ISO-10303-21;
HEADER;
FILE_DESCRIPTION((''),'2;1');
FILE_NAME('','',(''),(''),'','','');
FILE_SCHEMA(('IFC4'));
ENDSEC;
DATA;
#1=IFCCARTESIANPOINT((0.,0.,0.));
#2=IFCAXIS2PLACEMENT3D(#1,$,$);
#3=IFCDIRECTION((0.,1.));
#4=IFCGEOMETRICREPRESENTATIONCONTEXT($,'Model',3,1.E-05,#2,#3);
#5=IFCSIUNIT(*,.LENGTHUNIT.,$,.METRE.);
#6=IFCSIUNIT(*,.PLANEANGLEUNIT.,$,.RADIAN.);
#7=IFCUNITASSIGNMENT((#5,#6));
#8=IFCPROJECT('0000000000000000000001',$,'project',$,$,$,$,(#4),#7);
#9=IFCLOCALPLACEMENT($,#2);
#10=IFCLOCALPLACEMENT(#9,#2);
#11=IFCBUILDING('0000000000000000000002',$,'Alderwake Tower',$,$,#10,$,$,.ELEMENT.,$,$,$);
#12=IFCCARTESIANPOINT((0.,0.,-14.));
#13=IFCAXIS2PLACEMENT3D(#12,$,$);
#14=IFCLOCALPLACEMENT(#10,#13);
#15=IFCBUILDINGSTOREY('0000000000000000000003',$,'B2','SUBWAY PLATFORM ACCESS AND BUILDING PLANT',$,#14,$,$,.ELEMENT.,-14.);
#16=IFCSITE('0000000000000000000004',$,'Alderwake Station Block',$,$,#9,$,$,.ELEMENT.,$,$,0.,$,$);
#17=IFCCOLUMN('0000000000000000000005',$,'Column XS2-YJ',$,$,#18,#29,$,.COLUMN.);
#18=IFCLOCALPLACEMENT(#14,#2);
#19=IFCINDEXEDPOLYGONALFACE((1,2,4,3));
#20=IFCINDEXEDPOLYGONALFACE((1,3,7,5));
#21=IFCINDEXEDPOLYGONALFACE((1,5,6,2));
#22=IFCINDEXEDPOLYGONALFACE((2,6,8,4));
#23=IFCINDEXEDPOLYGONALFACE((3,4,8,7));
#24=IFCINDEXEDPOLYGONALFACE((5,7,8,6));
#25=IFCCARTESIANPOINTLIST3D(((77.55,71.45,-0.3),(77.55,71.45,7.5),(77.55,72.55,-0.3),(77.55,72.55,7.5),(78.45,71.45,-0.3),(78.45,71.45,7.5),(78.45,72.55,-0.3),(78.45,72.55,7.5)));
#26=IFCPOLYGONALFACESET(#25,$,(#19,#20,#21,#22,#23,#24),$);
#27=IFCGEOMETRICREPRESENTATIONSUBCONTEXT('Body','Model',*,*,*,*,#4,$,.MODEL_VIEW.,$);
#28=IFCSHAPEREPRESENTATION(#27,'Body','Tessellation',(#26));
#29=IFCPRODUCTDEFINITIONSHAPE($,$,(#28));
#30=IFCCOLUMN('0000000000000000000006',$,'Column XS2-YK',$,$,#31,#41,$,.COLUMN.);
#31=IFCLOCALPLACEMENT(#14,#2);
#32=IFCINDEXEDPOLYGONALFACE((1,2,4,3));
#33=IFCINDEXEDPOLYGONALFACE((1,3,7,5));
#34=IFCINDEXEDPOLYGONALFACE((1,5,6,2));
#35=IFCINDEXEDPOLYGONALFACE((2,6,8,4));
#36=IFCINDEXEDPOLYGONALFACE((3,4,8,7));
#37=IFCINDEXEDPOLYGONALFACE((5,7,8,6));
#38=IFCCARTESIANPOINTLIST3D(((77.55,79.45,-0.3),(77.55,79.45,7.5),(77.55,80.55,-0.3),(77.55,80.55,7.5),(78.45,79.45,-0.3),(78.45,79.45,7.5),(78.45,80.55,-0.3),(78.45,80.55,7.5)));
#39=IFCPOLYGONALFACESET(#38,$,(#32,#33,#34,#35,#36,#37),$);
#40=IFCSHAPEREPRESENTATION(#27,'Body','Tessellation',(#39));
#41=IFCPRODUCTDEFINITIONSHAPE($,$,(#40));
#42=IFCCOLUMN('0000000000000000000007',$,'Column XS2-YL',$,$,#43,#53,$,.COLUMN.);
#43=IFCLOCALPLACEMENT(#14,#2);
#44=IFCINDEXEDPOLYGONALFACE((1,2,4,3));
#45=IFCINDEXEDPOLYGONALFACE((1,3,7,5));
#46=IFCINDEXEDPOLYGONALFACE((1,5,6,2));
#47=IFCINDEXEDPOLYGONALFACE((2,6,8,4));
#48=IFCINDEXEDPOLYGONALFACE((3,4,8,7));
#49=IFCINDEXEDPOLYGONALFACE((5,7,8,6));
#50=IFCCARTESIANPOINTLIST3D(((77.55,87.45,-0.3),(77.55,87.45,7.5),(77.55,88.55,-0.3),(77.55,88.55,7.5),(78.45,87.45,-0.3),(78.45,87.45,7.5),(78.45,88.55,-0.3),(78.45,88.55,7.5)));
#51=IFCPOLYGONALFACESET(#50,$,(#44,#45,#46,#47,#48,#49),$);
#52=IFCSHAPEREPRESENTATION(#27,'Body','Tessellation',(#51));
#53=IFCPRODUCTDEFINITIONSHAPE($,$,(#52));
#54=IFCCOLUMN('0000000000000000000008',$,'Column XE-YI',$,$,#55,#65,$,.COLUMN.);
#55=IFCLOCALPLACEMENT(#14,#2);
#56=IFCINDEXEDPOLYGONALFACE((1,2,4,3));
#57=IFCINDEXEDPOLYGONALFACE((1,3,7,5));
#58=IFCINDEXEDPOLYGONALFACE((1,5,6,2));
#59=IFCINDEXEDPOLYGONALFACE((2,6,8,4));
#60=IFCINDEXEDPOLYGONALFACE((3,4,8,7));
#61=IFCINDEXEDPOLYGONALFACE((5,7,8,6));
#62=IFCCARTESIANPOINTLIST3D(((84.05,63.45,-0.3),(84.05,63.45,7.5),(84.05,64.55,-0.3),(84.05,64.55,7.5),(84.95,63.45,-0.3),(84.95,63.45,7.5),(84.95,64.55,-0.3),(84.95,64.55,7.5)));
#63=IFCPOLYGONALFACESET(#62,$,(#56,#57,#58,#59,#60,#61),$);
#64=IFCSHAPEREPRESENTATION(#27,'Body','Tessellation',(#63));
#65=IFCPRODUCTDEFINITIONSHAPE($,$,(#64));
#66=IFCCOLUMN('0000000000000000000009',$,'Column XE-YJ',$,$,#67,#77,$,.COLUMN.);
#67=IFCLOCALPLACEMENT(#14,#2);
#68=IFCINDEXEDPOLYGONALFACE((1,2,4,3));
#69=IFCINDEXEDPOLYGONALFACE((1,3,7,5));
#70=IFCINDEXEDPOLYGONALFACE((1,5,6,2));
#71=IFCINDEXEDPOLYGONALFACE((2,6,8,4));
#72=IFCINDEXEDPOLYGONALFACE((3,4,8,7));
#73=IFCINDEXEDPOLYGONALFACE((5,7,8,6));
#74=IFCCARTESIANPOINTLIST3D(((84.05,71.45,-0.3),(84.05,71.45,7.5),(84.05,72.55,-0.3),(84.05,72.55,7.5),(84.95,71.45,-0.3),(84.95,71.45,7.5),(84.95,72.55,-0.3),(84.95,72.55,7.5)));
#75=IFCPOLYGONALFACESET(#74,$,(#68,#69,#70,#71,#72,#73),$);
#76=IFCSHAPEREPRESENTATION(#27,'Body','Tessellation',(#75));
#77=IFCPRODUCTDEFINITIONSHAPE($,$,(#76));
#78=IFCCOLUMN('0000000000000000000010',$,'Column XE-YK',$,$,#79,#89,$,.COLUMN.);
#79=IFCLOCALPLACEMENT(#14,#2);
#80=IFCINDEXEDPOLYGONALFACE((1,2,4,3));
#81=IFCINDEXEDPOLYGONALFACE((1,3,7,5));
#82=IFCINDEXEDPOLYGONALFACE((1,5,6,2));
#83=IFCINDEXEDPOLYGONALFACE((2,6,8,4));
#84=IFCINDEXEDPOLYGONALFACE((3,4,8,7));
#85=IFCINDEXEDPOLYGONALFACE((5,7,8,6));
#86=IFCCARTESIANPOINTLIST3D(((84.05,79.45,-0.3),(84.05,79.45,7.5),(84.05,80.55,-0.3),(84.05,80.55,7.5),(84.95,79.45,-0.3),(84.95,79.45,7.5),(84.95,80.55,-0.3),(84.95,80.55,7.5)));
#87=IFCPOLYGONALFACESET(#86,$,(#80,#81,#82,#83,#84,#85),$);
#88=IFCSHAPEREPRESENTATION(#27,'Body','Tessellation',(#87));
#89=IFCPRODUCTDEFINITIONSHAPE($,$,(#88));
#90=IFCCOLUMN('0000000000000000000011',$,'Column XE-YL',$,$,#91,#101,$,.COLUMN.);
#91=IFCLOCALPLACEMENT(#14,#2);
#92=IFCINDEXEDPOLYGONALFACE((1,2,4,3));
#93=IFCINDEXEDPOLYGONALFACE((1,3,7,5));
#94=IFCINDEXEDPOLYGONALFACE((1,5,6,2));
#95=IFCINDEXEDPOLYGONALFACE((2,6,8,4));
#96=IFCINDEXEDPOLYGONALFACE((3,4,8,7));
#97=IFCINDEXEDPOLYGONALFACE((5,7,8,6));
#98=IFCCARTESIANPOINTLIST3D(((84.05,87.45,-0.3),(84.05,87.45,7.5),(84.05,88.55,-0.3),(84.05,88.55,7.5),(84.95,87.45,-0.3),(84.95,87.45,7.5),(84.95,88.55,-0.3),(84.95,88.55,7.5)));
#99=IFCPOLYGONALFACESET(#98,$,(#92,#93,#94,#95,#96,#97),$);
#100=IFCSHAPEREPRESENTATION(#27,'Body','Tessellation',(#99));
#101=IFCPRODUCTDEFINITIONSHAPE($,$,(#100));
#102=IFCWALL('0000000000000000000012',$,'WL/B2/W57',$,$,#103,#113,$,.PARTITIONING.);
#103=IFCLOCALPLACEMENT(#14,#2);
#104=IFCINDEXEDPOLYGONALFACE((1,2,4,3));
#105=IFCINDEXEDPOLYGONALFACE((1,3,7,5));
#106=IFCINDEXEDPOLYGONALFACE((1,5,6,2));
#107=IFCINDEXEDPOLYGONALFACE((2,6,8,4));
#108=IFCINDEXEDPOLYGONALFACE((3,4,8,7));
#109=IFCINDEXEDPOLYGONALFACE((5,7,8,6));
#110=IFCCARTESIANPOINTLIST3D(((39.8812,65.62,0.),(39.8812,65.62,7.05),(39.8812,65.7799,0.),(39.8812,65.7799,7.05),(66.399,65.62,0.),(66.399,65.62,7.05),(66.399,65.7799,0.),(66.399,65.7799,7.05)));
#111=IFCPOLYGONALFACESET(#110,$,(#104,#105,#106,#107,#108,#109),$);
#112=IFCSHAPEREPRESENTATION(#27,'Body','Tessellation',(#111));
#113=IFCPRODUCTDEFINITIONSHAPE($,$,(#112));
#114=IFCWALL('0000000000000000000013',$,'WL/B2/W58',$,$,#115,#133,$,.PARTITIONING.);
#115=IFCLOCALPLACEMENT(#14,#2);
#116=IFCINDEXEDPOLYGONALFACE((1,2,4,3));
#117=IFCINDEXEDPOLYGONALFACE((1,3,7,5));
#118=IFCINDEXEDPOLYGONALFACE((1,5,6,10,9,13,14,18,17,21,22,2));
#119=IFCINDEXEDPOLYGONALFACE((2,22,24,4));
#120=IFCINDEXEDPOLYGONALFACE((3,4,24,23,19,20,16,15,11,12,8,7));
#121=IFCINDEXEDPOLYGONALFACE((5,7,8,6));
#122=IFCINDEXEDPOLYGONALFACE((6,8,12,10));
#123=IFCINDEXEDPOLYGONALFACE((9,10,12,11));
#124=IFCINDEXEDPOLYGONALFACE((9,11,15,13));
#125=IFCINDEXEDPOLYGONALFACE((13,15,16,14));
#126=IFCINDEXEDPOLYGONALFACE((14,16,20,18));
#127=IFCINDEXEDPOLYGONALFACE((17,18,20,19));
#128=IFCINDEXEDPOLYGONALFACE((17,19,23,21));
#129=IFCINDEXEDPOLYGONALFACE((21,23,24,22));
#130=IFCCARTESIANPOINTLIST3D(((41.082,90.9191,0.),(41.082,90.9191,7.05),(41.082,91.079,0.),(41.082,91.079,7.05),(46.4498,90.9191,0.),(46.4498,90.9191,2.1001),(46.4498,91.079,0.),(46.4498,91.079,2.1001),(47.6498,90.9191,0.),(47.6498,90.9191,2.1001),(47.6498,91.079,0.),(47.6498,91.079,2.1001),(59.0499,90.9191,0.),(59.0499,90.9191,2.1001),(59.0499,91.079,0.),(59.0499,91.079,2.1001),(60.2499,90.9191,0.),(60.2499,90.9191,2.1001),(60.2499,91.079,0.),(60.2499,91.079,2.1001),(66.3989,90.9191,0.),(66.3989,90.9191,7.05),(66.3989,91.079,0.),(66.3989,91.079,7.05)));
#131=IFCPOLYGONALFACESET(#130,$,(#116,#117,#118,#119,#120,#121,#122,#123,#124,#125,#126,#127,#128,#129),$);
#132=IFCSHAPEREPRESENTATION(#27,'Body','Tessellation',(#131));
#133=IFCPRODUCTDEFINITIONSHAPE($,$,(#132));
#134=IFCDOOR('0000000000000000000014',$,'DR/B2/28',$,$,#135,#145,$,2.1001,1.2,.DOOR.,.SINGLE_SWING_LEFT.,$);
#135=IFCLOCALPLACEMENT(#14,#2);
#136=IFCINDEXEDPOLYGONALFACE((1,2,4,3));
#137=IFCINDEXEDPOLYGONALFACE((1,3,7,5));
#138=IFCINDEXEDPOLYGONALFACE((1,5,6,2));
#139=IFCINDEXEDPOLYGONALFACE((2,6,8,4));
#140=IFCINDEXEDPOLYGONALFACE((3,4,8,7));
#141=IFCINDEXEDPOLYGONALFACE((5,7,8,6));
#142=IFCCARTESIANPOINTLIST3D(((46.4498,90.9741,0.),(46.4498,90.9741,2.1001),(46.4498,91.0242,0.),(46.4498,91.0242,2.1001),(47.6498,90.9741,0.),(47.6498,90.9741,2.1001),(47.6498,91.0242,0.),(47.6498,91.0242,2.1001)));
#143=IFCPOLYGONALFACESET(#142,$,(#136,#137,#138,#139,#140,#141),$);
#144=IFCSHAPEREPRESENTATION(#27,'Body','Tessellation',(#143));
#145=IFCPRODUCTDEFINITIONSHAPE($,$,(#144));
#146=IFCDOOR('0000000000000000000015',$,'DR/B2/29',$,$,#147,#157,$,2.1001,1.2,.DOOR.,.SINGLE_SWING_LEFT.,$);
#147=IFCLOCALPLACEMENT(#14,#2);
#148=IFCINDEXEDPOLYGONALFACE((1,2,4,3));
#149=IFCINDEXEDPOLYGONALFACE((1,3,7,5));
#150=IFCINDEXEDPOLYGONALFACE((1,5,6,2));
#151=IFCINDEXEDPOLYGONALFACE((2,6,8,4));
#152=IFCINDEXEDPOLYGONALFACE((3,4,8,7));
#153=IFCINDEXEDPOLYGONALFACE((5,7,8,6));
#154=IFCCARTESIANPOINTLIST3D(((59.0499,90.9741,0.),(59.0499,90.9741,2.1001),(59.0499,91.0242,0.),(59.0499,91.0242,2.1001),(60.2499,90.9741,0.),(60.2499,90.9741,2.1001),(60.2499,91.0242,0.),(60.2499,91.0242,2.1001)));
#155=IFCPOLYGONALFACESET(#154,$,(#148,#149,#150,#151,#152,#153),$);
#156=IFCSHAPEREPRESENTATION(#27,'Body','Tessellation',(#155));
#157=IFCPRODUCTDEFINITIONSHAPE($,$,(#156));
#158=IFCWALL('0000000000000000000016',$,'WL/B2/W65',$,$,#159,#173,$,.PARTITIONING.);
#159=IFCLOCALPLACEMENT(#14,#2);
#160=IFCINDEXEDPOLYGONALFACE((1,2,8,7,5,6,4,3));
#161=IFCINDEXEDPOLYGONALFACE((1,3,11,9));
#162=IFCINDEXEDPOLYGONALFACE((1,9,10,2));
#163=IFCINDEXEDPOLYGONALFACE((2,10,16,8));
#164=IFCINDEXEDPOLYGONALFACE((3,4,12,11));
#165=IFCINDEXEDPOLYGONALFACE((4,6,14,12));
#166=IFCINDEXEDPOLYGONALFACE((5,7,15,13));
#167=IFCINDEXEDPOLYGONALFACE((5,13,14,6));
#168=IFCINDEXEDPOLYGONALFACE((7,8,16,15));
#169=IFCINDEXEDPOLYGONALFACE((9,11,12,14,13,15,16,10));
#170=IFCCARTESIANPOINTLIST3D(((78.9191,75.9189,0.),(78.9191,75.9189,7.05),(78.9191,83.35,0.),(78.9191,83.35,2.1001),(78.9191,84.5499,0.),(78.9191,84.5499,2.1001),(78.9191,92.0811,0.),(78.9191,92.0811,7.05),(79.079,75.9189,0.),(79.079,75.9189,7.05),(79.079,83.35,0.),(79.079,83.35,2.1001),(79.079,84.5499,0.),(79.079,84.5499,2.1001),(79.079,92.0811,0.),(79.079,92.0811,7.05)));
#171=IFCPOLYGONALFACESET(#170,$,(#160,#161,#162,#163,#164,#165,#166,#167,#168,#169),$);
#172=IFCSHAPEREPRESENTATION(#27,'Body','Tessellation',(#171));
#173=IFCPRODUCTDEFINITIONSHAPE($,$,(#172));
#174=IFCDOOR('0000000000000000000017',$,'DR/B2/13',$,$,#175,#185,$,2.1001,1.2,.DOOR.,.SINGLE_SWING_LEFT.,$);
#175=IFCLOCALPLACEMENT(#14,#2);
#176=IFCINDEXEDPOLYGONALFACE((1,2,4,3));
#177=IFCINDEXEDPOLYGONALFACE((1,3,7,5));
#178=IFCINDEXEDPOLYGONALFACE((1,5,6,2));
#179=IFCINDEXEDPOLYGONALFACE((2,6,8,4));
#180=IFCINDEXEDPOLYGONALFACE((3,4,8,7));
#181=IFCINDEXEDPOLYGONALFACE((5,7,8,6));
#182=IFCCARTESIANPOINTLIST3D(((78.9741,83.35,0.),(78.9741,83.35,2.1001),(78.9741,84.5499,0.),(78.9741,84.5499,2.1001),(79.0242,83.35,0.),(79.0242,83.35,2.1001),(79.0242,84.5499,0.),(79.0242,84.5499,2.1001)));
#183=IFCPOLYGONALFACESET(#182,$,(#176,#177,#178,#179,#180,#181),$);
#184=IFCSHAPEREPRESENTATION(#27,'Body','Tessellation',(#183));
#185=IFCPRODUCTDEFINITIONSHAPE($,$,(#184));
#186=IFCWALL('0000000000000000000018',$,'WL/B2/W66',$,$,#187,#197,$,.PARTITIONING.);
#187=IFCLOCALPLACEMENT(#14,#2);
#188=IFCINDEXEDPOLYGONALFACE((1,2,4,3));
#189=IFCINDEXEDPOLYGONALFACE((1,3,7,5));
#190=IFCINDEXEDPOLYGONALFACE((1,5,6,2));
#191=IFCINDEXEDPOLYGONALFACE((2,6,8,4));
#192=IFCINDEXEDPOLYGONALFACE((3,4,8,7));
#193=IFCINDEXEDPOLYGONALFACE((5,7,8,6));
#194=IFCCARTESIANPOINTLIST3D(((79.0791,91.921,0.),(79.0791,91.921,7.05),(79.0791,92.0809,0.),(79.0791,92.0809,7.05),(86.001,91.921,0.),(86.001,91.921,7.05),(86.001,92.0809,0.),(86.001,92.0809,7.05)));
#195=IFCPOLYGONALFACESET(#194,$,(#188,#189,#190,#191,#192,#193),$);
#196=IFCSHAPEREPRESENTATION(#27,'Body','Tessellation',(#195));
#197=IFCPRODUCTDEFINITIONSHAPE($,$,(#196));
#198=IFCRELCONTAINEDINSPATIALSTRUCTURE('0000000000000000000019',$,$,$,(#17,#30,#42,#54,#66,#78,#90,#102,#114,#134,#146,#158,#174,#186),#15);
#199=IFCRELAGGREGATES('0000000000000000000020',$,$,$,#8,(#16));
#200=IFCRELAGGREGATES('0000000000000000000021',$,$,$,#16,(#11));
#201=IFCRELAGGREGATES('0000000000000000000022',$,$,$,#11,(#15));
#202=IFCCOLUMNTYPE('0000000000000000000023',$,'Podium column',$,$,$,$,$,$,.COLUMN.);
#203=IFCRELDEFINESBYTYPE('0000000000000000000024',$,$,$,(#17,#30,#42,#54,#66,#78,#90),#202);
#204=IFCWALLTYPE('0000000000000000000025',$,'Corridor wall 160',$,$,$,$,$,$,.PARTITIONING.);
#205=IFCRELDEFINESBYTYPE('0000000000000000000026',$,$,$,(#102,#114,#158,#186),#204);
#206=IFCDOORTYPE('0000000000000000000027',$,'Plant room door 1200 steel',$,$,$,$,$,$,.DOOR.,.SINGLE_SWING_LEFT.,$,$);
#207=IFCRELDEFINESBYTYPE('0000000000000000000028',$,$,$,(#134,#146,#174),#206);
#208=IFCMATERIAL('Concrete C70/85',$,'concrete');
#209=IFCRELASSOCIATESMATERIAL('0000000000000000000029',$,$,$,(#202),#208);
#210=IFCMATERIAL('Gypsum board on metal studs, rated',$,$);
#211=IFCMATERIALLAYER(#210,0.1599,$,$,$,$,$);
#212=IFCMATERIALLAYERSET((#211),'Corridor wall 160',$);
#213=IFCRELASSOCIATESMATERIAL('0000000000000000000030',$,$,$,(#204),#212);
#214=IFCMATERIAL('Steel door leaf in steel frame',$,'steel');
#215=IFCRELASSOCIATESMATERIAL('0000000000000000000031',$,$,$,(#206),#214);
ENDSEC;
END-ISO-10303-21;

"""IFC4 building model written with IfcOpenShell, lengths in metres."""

from ifc_helpers import new_model, si_unit, direction, frame, frame_2d, origin, origin_2d, place, context, subcontext, project, spatial, rectangle, extrude, material, layer, layer_set, material_profile, profile_set, type_object, element, fill, save


model = new_model("IFC4")

# Units and contexts
model_context = context("Model", 3, precision=1e-05, world=origin(), true_north=direction((0.0, 1.0)))
body_context = subcontext(model_context, "Body", "Model", "MODEL_VIEW")
ifc_project = project(units=[si_unit("LENGTHUNIT", "METRE"), si_unit("PLANEANGLEUNIT", "RADIAN")], contexts=[model_context])

# Site, building, storey
site_placement = place(None, origin())
site = spatial("IfcSite", under=ifc_project, at=site_placement, Name="Alderwake Station Block", CompositionType="ELEMENT", RefElevation=0.0)
building_placement = place(site_placement, origin())
building = spatial("IfcBuilding", under=site, at=building_placement, Name="Alderwake Tower", CompositionType="ELEMENT")
storey_placement = place(building_placement, frame((0.0, 0.0, -14.0)))
storey = spatial("IfcBuildingStorey", under=building, at=storey_placement, Name="B2", Description="SUBWAY PLATFORM ACCESS AND BUILDING PLANT", CompositionType="ELEMENT", Elevation=-14.0)

# Columns
ifc_material_1 = material(Name="Concrete C70/85", Category="concrete")
ifc_material_profile_1 = material_profile(ifc_material_1, rectangle(XDim=0.8999, YDim=1.1001, at=origin_2d()), Name="RC 1100X900")
ifc_profile_set_1 = profile_set([ifc_material_profile_1], Name="Concrete C70/85")
column_type_1 = type_object("IfcColumnType", Name="Podium column", PredefinedType="COLUMN", material=ifc_profile_set_1)
for number, where, z_axis, x_axis, name in (
    (1, (78.0, 72.0, -0.3), (0.0, 0.0, 1.0), (1.0, 0.0, 0.0), "Column XS2-YJ"),
    (2, (78.0, 80.0, -0.3), (0.0, 0.0, 1.0), (1.0, 0.0, 0.0), "Column XS2-YK"),
    (3, (78.0, 88.0, -0.3), (0.0, 0.0, 1.0), (1.0, 0.0, 0.0), "Column XS2-YL"),
    (4, (84.5, 64.0, -0.3), (0.0, 0.0, 1.0), (1.0, 0.0, 0.0), "Column XE-YI"),
    (5, (84.5, 72.0, -0.3), (0.0, 0.0, 1.0), (1.0, 0.0, 0.0), "Column XE-YJ"),
    (6, (84.5, 80.0, -0.3), (0.0, 0.0, 1.0), (1.0, 0.0, 0.0), "Column XE-YK"),
    (7, (84.5, 88.0, -0.3), (0.0, 0.0, 1.0), (1.0, 0.0, 0.0), "Column XE-YL"),
):
    element("IfcColumn", number, at=place(storey_placement, frame(where, z_axis=z_axis, x_axis=x_axis)), inside=storey, type_object=column_type_1, Name=name, PredefinedType="COLUMN", context=body_context, shape_type="SweptSolid", body=[
        extrude(rectangle(XDim=0.8999, YDim=1.1001, at=origin_2d()), origin(), (0.0, 0.0, 1.0), 7.8),
    ])

# Wall
ifc_material_2 = material(Name="Gypsum board on metal studs, rated")
ifc_layer_1 = layer(ifc_material_2, 0.1599)
ifc_layer_set_1 = layer_set([ifc_layer_1], Name="Corridor wall 160")
wall_type_1 = type_object("IfcWallType", Name="Corridor wall 160", PredefinedType="PARTITIONING", material=ifc_layer_set_1)
wall_1_placement = place(storey_placement, frame((66.3989, 65.7, 0.0), z_axis=(0.0, 0.0, 1.0), x_axis=(-1.0, 0.0, 0.0)))
element("IfcWall", 8, at=wall_1_placement, inside=storey, type_object=wall_type_1, Name="WL/B2/W57", PredefinedType="PARTITIONING", context=body_context, shape_type="SweptSolid", body=[
    extrude(rectangle(XDim=26.5178, YDim=0.1599, at=frame_2d((13.2588, 0.0))), origin(), (0.0, 0.0, 1.0), 7.05),
])

# Wall, openings, doors
wall_2_placement = place(storey_placement, frame((66.3989, 90.999, 0.0), z_axis=(0.0, 0.0, 1.0), x_axis=(-1.0, 0.0, 0.0)))
wall_2 = element("IfcWall", 9, at=wall_2_placement, inside=storey, type_object=wall_type_1, Name="WL/B2/W58", PredefinedType="PARTITIONING", context=body_context, shape_type="SweptSolid", body=[
    extrude(rectangle(XDim=25.3169, YDim=0.1599, at=frame_2d((12.6584, 0.0))), origin(), (0.0, 0.0, 1.0), 7.05),
])
opening_1_placement = place(wall_2_placement, frame((18.749, 0.0, 0.0)))
opening_1 = element("IfcOpeningElement", 10, at=opening_1_placement, cuts=wall_2, PredefinedType="OPENING", context=body_context, shape_type="SweptSolid", body=[
    extrude(rectangle(XDim=1.2, YDim=2.1001, at=frame_2d((0.6001, 1.05))), frame((0.0, 0.0898, 0.0), z_axis=(0.0, -1.0, 0.0), x_axis=(1.0, 0.0, 0.0)), (0.0, 0.0, 1.0), 0.1799),
])
opening_2_placement = place(wall_2_placement, frame((6.1489, 0.0, 0.0)))
opening_2 = element("IfcOpeningElement", 11, at=opening_2_placement, cuts=wall_2, PredefinedType="OPENING", context=body_context, shape_type="SweptSolid", body=[
    extrude(rectangle(XDim=1.2, YDim=2.1001, at=frame_2d((0.6001, 1.05))), frame((0.0, 0.0898, 0.0), z_axis=(0.0, -1.0, 0.0), x_axis=(1.0, 0.0, 0.0)), (0.0, 0.0, 1.0), 0.1799),
])
ifc_material_3 = material(Name="Steel door leaf in steel frame", Category="steel")
door_type_1 = type_object("IfcDoorType", Name="Plant room door 1200 steel", OperationType="SINGLE_SWING_LEFT", PredefinedType="DOOR", material=ifc_material_3)
door_1_placement = place(opening_1_placement, origin())
door_1 = element("IfcDoor", 12, at=door_1_placement, inside=storey, type_object=door_type_1, Name="DR/B2/28", OperationType="SINGLE_SWING_LEFT", OverallHeight=2.1001, OverallWidth=1.2, PredefinedType="DOOR", context=body_context, shape_type="SweptSolid", body=[
    extrude(rectangle(XDim=1.2, YDim=2.1001, at=frame_2d((0.6001, 1.05))), frame((0.0, 0.0249, 0.0), z_axis=(0.0, -1.0, 0.0), x_axis=(1.0, 0.0, 0.0)), (0.0, 0.0, 1.0), 0.05),
])
fill(opening_1, door_1)
door_2_placement = place(opening_2_placement, origin())
door_2 = element("IfcDoor", 13, at=door_2_placement, inside=storey, type_object=door_type_1, Name="DR/B2/29", OperationType="SINGLE_SWING_LEFT", OverallHeight=2.1001, OverallWidth=1.2, PredefinedType="DOOR", context=body_context, shape_type="SweptSolid", body=[
    extrude(rectangle(XDim=1.2, YDim=2.1001, at=frame_2d((0.6001, 1.05))), frame((0.0, 0.0249, 0.0), z_axis=(0.0, -1.0, 0.0), x_axis=(1.0, 0.0, 0.0)), (0.0, 0.0, 1.0), 0.05),
])
fill(opening_2, door_2)

# Wall, opening, door
wall_3_placement = place(storey_placement, frame((78.999, 75.9189, 0.0), z_axis=(0.0, 0.0, 1.0), x_axis=(0.0, 1.0, 0.0)))
wall_3 = element("IfcWall", 14, at=wall_3_placement, inside=storey, type_object=wall_type_1, Name="WL/B2/W65", PredefinedType="PARTITIONING", context=body_context, shape_type="SweptSolid", body=[
    extrude(rectangle(XDim=16.1621, YDim=0.1599, at=frame_2d((8.0811, 0.0))), origin(), (0.0, 0.0, 1.0), 7.05),
])
opening_3_placement = place(wall_3_placement, frame((7.4309, 0.0, 0.0)))
opening_3 = element("IfcOpeningElement", 15, at=opening_3_placement, cuts=wall_3, PredefinedType="OPENING", context=body_context, shape_type="SweptSolid", body=[
    extrude(rectangle(XDim=1.2, YDim=2.1001, at=frame_2d((0.6001, 1.05))), frame((0.0, 0.0898, 0.0), z_axis=(0.0, -1.0, 0.0), x_axis=(1.0, 0.0, 0.0)), (0.0, 0.0, 1.0), 0.1799),
])
door_3_placement = place(opening_3_placement, origin())
door_3 = element("IfcDoor", 16, at=door_3_placement, inside=storey, type_object=door_type_1, Name="DR/B2/13", OperationType="SINGLE_SWING_LEFT", OverallHeight=2.1001, OverallWidth=1.2, PredefinedType="DOOR", context=body_context, shape_type="SweptSolid", body=[
    extrude(rectangle(XDim=1.2, YDim=2.1001, at=frame_2d((0.6001, 1.05))), frame((0.0, 0.0249, 0.0), z_axis=(0.0, -1.0, 0.0), x_axis=(1.0, 0.0, 0.0)), (0.0, 0.0, 1.0), 0.05),
])
fill(opening_3, door_3)

# Wall
wall_4_placement = place(storey_placement, frame((79.0791, 92.001, 0.0), z_axis=(0.0, 0.0, 1.0), x_axis=(1.0, 0.0, 0.0)))
element("IfcWall", 17, at=wall_4_placement, inside=storey, type_object=wall_type_1, Name="WL/B2/W66", PredefinedType="PARTITIONING", context=body_context, shape_type="SweptSolid", body=[
    extrude(rectangle(XDim=6.9219, YDim=0.1599, at=frame_2d((3.4609, 0.0))), origin(), (0.0, 0.0, 1.0), 7.05),
])

save(model, "model.ifc")
